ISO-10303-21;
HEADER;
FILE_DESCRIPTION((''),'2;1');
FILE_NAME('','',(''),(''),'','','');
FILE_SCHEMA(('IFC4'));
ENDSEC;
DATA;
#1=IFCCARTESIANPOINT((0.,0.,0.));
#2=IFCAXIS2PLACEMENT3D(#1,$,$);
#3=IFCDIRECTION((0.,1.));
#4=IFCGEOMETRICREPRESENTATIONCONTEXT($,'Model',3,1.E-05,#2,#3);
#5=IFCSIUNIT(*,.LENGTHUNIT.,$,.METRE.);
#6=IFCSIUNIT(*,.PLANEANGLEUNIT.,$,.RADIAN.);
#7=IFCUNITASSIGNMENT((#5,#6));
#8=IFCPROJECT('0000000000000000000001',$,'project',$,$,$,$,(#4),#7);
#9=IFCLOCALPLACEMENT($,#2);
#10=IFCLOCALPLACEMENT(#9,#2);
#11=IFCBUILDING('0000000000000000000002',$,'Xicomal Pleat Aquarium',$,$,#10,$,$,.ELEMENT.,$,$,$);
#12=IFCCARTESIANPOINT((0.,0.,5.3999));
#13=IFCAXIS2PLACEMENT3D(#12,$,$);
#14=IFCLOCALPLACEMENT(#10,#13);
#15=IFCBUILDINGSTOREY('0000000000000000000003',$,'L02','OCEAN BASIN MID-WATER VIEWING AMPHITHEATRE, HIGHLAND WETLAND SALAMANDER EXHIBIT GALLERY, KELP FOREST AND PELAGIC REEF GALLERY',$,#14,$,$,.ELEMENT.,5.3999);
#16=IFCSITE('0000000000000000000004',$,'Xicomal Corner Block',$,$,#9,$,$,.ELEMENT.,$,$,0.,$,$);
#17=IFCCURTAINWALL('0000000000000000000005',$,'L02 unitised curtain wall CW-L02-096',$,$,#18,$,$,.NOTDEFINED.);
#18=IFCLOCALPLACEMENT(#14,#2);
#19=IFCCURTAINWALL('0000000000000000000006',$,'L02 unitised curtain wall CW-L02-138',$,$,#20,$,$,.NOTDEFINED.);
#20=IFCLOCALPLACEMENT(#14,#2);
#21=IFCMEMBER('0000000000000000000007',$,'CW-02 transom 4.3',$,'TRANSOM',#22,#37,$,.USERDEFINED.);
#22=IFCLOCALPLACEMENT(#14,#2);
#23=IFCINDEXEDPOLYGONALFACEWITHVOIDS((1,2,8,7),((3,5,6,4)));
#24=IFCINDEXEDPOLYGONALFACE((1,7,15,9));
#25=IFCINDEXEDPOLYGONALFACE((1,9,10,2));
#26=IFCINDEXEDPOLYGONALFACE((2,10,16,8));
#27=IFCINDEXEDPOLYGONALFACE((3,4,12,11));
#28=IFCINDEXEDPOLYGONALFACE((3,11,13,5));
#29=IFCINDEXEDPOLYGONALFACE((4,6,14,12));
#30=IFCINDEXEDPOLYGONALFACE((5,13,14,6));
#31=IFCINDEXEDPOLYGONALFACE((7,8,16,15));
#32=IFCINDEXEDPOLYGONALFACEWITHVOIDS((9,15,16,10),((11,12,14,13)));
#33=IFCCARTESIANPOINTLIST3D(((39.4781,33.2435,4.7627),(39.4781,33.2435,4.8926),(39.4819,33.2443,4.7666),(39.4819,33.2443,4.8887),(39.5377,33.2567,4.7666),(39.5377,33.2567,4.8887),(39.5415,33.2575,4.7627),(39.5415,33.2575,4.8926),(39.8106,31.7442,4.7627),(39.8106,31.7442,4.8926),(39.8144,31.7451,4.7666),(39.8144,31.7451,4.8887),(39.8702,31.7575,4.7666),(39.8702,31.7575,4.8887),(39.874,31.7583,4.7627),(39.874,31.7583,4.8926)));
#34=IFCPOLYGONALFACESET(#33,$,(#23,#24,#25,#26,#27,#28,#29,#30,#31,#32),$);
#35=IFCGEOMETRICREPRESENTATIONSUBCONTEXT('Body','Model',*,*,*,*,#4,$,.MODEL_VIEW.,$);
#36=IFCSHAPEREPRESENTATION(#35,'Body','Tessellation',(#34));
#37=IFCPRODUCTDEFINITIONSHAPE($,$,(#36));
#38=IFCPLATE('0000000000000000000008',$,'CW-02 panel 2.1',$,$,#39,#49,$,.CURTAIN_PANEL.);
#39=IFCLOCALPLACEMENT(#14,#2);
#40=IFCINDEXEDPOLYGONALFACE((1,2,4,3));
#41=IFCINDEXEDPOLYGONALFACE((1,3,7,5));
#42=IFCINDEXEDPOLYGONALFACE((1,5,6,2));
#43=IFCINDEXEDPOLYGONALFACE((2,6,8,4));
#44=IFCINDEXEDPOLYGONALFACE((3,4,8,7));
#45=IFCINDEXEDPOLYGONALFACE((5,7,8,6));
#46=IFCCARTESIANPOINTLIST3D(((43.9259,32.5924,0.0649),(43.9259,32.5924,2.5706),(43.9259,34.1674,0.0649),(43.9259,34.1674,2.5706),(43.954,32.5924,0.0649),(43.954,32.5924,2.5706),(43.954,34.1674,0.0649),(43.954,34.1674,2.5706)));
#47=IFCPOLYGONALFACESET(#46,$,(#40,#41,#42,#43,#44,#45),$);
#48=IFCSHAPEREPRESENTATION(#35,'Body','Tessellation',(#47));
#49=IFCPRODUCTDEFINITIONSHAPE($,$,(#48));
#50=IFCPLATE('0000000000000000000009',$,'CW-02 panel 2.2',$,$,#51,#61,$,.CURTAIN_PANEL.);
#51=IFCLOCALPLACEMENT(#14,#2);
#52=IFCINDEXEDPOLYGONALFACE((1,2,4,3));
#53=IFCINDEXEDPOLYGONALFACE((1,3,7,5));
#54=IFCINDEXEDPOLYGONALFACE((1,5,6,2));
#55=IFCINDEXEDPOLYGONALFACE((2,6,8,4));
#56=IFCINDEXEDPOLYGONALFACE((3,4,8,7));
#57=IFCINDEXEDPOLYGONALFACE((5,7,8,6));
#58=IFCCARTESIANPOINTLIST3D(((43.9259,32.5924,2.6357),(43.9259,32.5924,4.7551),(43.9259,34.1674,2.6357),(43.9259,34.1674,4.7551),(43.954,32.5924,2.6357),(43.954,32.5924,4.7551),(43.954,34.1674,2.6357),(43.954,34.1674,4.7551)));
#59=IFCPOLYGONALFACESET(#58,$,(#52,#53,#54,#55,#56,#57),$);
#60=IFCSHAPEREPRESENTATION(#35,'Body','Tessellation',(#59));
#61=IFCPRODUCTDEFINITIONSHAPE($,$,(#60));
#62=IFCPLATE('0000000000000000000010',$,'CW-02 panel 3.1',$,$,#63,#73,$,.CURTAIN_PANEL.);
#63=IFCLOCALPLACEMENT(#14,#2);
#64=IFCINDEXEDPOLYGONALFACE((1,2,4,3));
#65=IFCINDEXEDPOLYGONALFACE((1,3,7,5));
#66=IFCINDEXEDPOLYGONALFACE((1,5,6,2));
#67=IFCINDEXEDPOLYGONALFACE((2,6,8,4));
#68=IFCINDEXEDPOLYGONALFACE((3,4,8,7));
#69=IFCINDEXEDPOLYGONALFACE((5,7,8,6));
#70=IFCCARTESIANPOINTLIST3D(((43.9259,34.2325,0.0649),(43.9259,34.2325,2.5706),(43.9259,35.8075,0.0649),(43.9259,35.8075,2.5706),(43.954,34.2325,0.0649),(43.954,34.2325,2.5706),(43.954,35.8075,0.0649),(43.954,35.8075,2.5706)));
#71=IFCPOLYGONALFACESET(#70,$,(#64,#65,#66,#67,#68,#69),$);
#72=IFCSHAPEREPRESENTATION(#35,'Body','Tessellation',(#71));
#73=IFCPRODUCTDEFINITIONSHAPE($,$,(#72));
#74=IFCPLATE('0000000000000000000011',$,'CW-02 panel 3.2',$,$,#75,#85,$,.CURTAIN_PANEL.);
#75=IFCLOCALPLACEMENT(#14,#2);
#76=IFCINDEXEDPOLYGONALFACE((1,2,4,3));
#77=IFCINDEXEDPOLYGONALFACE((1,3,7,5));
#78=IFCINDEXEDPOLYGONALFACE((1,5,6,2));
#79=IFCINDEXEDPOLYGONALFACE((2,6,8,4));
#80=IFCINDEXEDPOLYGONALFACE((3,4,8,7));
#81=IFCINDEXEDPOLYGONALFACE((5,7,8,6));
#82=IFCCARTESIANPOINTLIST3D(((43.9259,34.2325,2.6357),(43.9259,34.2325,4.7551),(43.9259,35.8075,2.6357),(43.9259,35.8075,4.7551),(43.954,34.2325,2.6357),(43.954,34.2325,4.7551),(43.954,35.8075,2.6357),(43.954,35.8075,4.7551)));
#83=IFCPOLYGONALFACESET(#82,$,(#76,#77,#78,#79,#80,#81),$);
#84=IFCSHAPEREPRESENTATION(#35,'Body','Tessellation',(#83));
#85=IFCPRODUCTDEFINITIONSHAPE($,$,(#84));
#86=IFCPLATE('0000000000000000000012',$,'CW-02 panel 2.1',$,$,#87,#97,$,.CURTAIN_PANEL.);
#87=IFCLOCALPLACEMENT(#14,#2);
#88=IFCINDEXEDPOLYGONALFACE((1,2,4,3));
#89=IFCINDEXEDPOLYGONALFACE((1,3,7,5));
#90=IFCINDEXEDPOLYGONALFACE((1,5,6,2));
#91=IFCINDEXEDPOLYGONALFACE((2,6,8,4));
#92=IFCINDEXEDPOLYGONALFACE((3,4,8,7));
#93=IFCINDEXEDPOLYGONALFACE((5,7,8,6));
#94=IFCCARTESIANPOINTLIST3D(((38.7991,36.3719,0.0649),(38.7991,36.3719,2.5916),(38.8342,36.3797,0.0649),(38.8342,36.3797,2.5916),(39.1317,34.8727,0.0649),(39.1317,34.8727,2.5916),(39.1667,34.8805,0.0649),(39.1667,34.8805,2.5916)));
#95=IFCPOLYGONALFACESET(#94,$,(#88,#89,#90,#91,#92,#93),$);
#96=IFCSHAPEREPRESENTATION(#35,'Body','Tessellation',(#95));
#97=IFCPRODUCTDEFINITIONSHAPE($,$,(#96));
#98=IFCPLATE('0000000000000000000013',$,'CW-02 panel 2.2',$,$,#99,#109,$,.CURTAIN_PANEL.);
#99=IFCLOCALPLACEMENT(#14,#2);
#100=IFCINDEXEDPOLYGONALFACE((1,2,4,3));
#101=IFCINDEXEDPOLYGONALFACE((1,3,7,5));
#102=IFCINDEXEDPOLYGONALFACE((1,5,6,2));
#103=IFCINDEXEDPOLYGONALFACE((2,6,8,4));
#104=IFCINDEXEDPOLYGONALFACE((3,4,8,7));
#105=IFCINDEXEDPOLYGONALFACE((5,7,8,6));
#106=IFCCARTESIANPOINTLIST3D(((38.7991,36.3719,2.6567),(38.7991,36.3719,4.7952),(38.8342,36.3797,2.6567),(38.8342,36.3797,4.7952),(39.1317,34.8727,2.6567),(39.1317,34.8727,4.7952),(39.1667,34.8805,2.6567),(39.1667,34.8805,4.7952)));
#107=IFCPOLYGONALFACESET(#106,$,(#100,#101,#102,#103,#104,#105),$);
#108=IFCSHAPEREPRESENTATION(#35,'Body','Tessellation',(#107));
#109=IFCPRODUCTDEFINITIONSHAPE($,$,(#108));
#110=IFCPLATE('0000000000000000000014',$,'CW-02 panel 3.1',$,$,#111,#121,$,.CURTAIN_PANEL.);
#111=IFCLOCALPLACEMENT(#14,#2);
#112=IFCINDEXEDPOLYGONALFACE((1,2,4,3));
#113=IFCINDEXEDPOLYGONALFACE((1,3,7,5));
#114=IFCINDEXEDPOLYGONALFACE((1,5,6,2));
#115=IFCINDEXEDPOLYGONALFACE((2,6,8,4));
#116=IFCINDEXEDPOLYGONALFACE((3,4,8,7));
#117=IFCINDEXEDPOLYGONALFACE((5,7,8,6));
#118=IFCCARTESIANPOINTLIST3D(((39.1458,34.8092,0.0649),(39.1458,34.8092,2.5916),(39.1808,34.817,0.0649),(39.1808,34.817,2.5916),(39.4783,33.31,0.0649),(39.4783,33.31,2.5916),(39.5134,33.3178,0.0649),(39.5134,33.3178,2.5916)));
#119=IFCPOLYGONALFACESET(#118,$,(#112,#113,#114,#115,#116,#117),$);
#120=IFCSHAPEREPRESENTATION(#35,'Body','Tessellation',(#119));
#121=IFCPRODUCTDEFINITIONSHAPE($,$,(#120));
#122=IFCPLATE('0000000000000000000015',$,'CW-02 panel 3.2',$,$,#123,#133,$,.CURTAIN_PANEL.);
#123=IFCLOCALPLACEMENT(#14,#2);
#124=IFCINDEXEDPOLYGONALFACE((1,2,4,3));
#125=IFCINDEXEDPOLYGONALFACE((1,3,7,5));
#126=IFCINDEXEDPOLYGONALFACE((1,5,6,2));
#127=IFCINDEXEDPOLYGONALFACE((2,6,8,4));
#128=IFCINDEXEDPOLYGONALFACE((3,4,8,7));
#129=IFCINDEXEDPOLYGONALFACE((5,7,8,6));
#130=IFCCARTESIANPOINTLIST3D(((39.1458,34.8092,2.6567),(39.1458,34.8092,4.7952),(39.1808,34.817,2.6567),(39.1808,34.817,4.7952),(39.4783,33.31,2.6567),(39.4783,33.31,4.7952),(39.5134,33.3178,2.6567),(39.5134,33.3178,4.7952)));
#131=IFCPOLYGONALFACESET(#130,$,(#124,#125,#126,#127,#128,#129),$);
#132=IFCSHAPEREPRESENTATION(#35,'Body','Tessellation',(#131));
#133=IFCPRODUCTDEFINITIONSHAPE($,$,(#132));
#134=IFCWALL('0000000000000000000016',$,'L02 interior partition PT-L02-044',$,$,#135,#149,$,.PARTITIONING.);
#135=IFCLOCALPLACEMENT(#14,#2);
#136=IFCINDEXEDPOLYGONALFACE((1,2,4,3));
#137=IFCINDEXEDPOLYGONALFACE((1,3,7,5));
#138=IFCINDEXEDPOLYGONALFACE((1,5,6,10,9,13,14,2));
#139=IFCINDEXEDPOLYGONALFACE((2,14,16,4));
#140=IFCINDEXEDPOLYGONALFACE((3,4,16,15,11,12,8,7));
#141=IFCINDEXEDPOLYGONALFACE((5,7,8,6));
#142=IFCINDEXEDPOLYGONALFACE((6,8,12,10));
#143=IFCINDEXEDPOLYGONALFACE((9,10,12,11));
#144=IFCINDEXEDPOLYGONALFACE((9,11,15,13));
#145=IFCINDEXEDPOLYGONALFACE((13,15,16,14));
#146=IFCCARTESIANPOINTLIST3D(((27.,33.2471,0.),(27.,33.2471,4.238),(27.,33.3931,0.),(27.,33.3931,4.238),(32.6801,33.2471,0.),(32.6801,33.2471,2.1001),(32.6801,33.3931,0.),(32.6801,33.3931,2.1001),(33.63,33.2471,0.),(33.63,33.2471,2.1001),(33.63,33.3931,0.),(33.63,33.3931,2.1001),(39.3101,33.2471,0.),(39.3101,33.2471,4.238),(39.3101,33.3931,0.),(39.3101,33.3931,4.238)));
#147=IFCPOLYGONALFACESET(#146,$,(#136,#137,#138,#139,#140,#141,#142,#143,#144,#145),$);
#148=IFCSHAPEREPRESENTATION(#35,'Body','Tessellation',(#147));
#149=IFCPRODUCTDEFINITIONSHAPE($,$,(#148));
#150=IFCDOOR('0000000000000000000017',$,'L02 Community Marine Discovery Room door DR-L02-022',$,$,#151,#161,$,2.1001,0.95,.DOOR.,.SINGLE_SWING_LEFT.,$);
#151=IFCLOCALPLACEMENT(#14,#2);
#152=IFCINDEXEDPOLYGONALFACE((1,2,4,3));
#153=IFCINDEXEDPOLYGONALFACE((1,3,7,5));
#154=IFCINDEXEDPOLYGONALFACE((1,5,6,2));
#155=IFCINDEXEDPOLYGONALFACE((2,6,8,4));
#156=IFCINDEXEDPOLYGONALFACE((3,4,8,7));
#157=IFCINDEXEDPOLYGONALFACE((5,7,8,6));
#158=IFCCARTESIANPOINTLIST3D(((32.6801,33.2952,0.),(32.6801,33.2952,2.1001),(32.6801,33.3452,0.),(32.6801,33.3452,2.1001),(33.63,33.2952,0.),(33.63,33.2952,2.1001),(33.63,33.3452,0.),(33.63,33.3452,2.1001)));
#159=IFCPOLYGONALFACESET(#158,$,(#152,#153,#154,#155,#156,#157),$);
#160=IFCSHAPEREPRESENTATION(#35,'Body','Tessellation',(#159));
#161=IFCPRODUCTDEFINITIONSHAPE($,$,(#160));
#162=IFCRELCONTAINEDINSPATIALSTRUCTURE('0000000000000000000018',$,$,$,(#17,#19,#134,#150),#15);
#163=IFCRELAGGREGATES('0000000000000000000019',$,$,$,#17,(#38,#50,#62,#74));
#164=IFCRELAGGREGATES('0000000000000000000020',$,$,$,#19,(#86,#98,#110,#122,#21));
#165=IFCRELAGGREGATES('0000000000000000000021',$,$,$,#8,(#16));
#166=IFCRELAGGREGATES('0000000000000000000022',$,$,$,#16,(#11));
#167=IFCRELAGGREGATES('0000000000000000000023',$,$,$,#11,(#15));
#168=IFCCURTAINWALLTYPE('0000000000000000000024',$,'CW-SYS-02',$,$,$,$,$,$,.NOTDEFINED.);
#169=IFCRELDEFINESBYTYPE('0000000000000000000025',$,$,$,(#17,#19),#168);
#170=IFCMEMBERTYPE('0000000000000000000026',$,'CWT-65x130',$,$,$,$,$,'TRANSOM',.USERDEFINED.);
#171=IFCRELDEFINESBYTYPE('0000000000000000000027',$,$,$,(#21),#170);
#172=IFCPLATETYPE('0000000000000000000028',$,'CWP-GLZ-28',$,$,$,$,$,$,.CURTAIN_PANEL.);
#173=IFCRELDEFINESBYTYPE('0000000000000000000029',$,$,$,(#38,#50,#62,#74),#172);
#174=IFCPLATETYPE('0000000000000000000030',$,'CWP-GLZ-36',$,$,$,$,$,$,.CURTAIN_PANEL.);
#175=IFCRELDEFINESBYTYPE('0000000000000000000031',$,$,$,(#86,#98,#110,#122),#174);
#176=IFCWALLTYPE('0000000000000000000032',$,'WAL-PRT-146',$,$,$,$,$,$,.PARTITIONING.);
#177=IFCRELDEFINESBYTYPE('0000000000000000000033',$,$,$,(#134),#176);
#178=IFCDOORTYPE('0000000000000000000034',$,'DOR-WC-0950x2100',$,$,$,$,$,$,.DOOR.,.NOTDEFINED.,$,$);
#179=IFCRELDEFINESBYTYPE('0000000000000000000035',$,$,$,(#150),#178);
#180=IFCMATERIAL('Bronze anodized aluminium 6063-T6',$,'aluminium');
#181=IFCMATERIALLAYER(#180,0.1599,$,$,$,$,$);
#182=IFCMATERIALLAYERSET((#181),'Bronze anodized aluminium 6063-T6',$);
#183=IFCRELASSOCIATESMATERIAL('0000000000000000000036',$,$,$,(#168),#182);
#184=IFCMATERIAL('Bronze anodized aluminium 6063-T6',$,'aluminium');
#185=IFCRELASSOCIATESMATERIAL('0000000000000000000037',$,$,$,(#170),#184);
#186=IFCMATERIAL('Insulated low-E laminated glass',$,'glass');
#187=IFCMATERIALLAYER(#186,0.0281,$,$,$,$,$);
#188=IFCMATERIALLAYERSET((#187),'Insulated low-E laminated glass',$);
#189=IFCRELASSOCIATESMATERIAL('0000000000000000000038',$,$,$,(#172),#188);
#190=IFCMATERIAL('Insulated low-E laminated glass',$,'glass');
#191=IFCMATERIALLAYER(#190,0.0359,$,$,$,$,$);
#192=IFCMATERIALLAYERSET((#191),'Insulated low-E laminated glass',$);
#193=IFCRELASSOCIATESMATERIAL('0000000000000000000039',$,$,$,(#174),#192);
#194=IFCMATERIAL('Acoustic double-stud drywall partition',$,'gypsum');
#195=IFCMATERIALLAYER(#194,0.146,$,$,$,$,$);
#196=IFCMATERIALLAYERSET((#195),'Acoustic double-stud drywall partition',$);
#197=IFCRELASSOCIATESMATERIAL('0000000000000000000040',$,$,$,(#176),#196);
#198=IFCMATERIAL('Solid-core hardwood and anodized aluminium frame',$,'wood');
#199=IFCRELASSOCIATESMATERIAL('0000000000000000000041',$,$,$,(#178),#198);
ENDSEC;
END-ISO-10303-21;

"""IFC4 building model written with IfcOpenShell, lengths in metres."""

from ifc_helpers import new_model, si_unit, direction, frame, frame_2d, origin, origin_2d, place, context, subcontext, project, spatial, rectangle, hollow_rectangle, extrude, material, layer, layer_set, material_profile, profile_set, type_object, element, fill, aggregate, save


model = new_model("IFC4")

# Units and contexts
model_context = context("Model", 3, precision=1e-05, world=origin(), true_north=direction((0.0, 1.0)))
body_context = subcontext(model_context, "Body", "Model", "MODEL_VIEW")
ifc_project = project(units=[si_unit("LENGTHUNIT", "METRE"), si_unit("PLANEANGLEUNIT", "RADIAN")], contexts=[model_context])

# Site, building, storey
site_placement = place(None, origin())
site = spatial("IfcSite", under=ifc_project, at=site_placement, Name="Xicomal Corner Block", CompositionType="ELEMENT", RefElevation=0.0)
building_placement = place(site_placement, origin())
building = spatial("IfcBuilding", under=site, at=building_placement, Name="Xicomal Pleat Aquarium", CompositionType="ELEMENT")
storey_placement = place(building_placement, frame((0.0, 0.0, 5.3999)))
storey = spatial("IfcBuildingStorey", under=building, at=storey_placement, Name="L02", Description="OCEAN BASIN MID-WATER VIEWING AMPHITHEATRE, HIGHLAND WETLAND SALAMANDER EXHIBIT GALLERY, KELP FOREST AND PELAGIC REEF GALLERY", CompositionType="ELEMENT", Elevation=5.3999)

# Curtain walls
ifc_material_1 = material(Name="Bronze anodized aluminium 6063-T6", Category="aluminium")
ifc_layer_1 = layer(ifc_material_1, 0.1599)
ifc_layer_set_1 = layer_set([ifc_layer_1], Name="Bronze anodized aluminium 6063-T6")
curtain_wall_type = type_object("IfcCurtainWallType", Name="CW-SYS-02", PredefinedType="NOTDEFINED", material=ifc_layer_set_1)
curtain_wall_1_placement = place(storey_placement, origin())
curtain_wall_1 = element("IfcCurtainWall", 1, at=curtain_wall_1_placement, inside=storey, type_object=curtain_wall_type, Name="L02 unitised curtain wall CW-L02-096", PredefinedType="NOTDEFINED")
curtain_wall_2_placement = place(storey_placement, origin())
curtain_wall_2 = element("IfcCurtainWall", 2, at=curtain_wall_2_placement, inside=storey, type_object=curtain_wall_type, Name="L02 unitised curtain wall CW-L02-138", PredefinedType="NOTDEFINED")

# Member
ifc_material_2 = material(Name="Bronze anodized aluminium 6063-T6", Category="aluminium")
ifc_material_profile_1 = material_profile(ifc_material_2, hollow_rectangle(XDim=0.0649, YDim=0.1299, WallThickness=0.0039, at=origin_2d()), Name="ALU TRAN 65x130")
ifc_profile_set_1 = profile_set([ifc_material_profile_1], Name="Bronze anodized aluminium 6063-T6")
member_type_1 = type_object("IfcMemberType", Name="CWT-65x130", ElementType="TRANSOM", PredefinedType="USERDEFINED", material=ifc_profile_set_1)
member_1_placement = place(storey_placement, frame((39.5098, 33.2505, 4.8276), z_axis=(0.216526, -0.976277, 0.0), x_axis=(0.976277, 0.216526, 0.0)))
member_1 = element("IfcMember", 3, at=member_1_placement, type_object=member_type_1, Name="CW-02 transom 4.3", ObjectType="TRANSOM", PredefinedType="USERDEFINED", context=body_context, shape_type="SweptSolid", body=[
    extrude(hollow_rectangle(XDim=0.0649, YDim=0.1299, WallThickness=0.0039, at=origin_2d()), origin(), (0.0, 0.0, 1.0), 1.5356),
])

# Plates
ifc_material_3 = material(Name="Insulated low-E laminated glass", Category="glass")
ifc_layer_2 = layer(ifc_material_3, 0.0281)
ifc_layer_set_2 = layer_set([ifc_layer_2], Name="Insulated low-E laminated glass")
plate_type_1 = type_object("IfcPlateType", Name="CWP-GLZ-28", PredefinedType="CURTAIN_PANEL", material=ifc_layer_set_2)
plate_1_placement = place(storey_placement, frame((43.9399, 33.3799, 0.0649), z_axis=(0.0, 0.0, 1.0), x_axis=(0.0, 1.0, 0.0)))
plate_1 = element("IfcPlate", 4, at=plate_1_placement, type_object=plate_type_1, Name="CW-02 panel 2.1", PredefinedType="CURTAIN_PANEL", context=body_context, shape_type="SweptSolid", body=[
    extrude(rectangle(XDim=1.575, YDim=0.0281, at=origin_2d()), origin(), (0.0, 0.0, 1.0), 2.5056),
])
plate_2_placement = place(storey_placement, frame((43.9399, 33.3799, 2.6357), z_axis=(0.0, 0.0, 1.0), x_axis=(0.0, 1.0, 0.0)))
plate_2 = element("IfcPlate", 5, at=plate_2_placement, type_object=plate_type_1, Name="CW-02 panel 2.2", PredefinedType="CURTAIN_PANEL", context=body_context, shape_type="SweptSolid", body=[
    extrude(rectangle(XDim=1.575, YDim=0.0281, at=origin_2d()), origin(), (0.0, 0.0, 1.0), 2.1194),
])
plate_3_placement = place(storey_placement, frame((43.9399, 35.02, 0.0649), z_axis=(0.0, 0.0, 1.0), x_axis=(0.0, 1.0, 0.0)))
plate_3 = element("IfcPlate", 6, at=plate_3_placement, type_object=plate_type_1, Name="CW-02 panel 3.1", PredefinedType="CURTAIN_PANEL", context=body_context, shape_type="SweptSolid", body=[
    extrude(rectangle(XDim=1.575, YDim=0.0281, at=origin_2d()), origin(), (0.0, 0.0, 1.0), 2.5056),
])
plate_4_placement = place(storey_placement, frame((43.9399, 35.02, 2.6357), z_axis=(0.0, 0.0, 1.0), x_axis=(0.0, 1.0, 0.0)))
plate_4 = element("IfcPlate", 7, at=plate_4_placement, type_object=plate_type_1, Name="CW-02 panel 3.2", PredefinedType="CURTAIN_PANEL", context=body_context, shape_type="SweptSolid", body=[
    extrude(rectangle(XDim=1.575, YDim=0.0281, at=origin_2d()), origin(), (0.0, 0.0, 1.0), 2.1194),
])
aggregate(curtain_wall_1, [plate_1, plate_2, plate_3, plate_4])
ifc_material_4 = material(Name="Insulated low-E laminated glass", Category="glass")
ifc_layer_3 = layer(ifc_material_4, 0.0359)
ifc_layer_set_3 = layer_set([ifc_layer_3], Name="Insulated low-E laminated glass")
plate_type_2 = type_object("IfcPlateType", Name="CWP-GLZ-36", PredefinedType="CURTAIN_PANEL", material=ifc_layer_set_3)
plate_5_placement = place(storey_placement, frame((38.9829, 35.6262, 0.0649), z_axis=(0.0, 0.0, 1.0), x_axis=(0.216547, -0.976272, 0.0)))
plate_5 = element("IfcPlate", 8, at=plate_5_placement, type_object=plate_type_2, Name="CW-02 panel 2.1", PredefinedType="CURTAIN_PANEL", context=body_context, shape_type="SweptSolid", body=[
    extrude(rectangle(XDim=1.5356, YDim=0.0359, at=origin_2d()), origin(), (0.0, 0.0, 1.0), 2.5266),
])
plate_6_placement = place(storey_placement, frame((38.9829, 35.6262, 2.6567), z_axis=(0.0, 0.0, 1.0), x_axis=(0.216547, -0.976272, 0.0)))
plate_6 = element("IfcPlate", 9, at=plate_6_placement, type_object=plate_type_2, Name="CW-02 panel 2.2", PredefinedType="CURTAIN_PANEL", context=body_context, shape_type="SweptSolid", body=[
    extrude(rectangle(XDim=1.5356, YDim=0.0359, at=origin_2d()), origin(), (0.0, 0.0, 1.0), 2.1384),
])
plate_7_placement = place(storey_placement, frame((39.3296, 34.0635, 0.0649), z_axis=(0.0, 0.0, 1.0), x_axis=(0.216547, -0.976272, 0.0)))
plate_7 = element("IfcPlate", 10, at=plate_7_placement, type_object=plate_type_2, Name="CW-02 panel 3.1", PredefinedType="CURTAIN_PANEL", context=body_context, shape_type="SweptSolid", body=[
    extrude(rectangle(XDim=1.5356, YDim=0.0359, at=origin_2d()), origin(), (0.0, 0.0, 1.0), 2.5266),
])
plate_8_placement = place(storey_placement, frame((39.3296, 34.0635, 2.6567), z_axis=(0.0, 0.0, 1.0), x_axis=(0.216547, -0.976272, 0.0)))
plate_8 = element("IfcPlate", 11, at=plate_8_placement, type_object=plate_type_2, Name="CW-02 panel 3.2", PredefinedType="CURTAIN_PANEL", context=body_context, shape_type="SweptSolid", body=[
    extrude(rectangle(XDim=1.5356, YDim=0.0359, at=origin_2d()), origin(), (0.0, 0.0, 1.0), 2.1384),
])
aggregate(curtain_wall_2, [plate_5, plate_6, plate_7, plate_8, member_1])

# Wall, opening, door
ifc_material_5 = material(Name="Acoustic double-stud drywall partition", Category="gypsum")
ifc_layer_4 = layer(ifc_material_5, 0.146)
ifc_layer_set_4 = layer_set([ifc_layer_4], Name="Acoustic double-stud drywall partition")
wall_type = type_object("IfcWallType", Name="WAL-PRT-146", PredefinedType="PARTITIONING", material=ifc_layer_set_4)
wall_placement = place(storey_placement, frame((39.3101, 33.3201, 0.0), z_axis=(0.0, 0.0, 1.0), x_axis=(-1.0, 0.0, 0.0)))
wall = element("IfcWall", 12, at=wall_placement, inside=storey, type_object=wall_type, Name="L02 interior partition PT-L02-044", PredefinedType="PARTITIONING", context=body_context, shape_type="SweptSolid", body=[
    extrude(rectangle(XDim=12.3101, YDim=0.146, at=frame_2d((6.155, 0.0))), origin(), (0.0, 0.0, 1.0), 4.238),
])
opening_placement = place(wall_placement, frame((5.6799, 0.0, 0.0)))
opening = element("IfcOpeningElement", 13, at=opening_placement, cuts=wall, PredefinedType="OPENING", context=body_context, shape_type="SweptSolid", body=[
    extrude(rectangle(XDim=0.95, YDim=2.1001, at=frame_2d((0.4751, 1.05))), frame((0.0, 0.083, 0.0), z_axis=(0.0, -1.0, 0.0), x_axis=(1.0, 0.0, 0.0)), (0.0, 0.0, 1.0), 0.166),
])
ifc_material_6 = material(Name="Solid-core hardwood and anodized aluminium frame", Category="wood")
door_type = type_object("IfcDoorType", Name="DOR-WC-0950x2100", OperationType="NOTDEFINED", PredefinedType="DOOR", material=ifc_material_6)
door_placement = place(opening_placement, origin())
door = element("IfcDoor", 14, at=door_placement, inside=storey, type_object=door_type, Name="L02 Community Marine Discovery Room door DR-L02-022", OperationType="SINGLE_SWING_LEFT", OverallHeight=2.1001, OverallWidth=0.95, PredefinedType="DOOR", context=body_context, shape_type="SweptSolid", body=[
    extrude(rectangle(XDim=0.95, YDim=2.1001, at=frame_2d((0.4751, 1.05))), frame((0.0, 0.0249, 0.0), z_axis=(0.0, -1.0, 0.0), x_axis=(1.0, 0.0, 0.0)), (0.0, 0.0, 1.0), 0.05),
])
fill(opening, door)

save(model, "model.ifc")
